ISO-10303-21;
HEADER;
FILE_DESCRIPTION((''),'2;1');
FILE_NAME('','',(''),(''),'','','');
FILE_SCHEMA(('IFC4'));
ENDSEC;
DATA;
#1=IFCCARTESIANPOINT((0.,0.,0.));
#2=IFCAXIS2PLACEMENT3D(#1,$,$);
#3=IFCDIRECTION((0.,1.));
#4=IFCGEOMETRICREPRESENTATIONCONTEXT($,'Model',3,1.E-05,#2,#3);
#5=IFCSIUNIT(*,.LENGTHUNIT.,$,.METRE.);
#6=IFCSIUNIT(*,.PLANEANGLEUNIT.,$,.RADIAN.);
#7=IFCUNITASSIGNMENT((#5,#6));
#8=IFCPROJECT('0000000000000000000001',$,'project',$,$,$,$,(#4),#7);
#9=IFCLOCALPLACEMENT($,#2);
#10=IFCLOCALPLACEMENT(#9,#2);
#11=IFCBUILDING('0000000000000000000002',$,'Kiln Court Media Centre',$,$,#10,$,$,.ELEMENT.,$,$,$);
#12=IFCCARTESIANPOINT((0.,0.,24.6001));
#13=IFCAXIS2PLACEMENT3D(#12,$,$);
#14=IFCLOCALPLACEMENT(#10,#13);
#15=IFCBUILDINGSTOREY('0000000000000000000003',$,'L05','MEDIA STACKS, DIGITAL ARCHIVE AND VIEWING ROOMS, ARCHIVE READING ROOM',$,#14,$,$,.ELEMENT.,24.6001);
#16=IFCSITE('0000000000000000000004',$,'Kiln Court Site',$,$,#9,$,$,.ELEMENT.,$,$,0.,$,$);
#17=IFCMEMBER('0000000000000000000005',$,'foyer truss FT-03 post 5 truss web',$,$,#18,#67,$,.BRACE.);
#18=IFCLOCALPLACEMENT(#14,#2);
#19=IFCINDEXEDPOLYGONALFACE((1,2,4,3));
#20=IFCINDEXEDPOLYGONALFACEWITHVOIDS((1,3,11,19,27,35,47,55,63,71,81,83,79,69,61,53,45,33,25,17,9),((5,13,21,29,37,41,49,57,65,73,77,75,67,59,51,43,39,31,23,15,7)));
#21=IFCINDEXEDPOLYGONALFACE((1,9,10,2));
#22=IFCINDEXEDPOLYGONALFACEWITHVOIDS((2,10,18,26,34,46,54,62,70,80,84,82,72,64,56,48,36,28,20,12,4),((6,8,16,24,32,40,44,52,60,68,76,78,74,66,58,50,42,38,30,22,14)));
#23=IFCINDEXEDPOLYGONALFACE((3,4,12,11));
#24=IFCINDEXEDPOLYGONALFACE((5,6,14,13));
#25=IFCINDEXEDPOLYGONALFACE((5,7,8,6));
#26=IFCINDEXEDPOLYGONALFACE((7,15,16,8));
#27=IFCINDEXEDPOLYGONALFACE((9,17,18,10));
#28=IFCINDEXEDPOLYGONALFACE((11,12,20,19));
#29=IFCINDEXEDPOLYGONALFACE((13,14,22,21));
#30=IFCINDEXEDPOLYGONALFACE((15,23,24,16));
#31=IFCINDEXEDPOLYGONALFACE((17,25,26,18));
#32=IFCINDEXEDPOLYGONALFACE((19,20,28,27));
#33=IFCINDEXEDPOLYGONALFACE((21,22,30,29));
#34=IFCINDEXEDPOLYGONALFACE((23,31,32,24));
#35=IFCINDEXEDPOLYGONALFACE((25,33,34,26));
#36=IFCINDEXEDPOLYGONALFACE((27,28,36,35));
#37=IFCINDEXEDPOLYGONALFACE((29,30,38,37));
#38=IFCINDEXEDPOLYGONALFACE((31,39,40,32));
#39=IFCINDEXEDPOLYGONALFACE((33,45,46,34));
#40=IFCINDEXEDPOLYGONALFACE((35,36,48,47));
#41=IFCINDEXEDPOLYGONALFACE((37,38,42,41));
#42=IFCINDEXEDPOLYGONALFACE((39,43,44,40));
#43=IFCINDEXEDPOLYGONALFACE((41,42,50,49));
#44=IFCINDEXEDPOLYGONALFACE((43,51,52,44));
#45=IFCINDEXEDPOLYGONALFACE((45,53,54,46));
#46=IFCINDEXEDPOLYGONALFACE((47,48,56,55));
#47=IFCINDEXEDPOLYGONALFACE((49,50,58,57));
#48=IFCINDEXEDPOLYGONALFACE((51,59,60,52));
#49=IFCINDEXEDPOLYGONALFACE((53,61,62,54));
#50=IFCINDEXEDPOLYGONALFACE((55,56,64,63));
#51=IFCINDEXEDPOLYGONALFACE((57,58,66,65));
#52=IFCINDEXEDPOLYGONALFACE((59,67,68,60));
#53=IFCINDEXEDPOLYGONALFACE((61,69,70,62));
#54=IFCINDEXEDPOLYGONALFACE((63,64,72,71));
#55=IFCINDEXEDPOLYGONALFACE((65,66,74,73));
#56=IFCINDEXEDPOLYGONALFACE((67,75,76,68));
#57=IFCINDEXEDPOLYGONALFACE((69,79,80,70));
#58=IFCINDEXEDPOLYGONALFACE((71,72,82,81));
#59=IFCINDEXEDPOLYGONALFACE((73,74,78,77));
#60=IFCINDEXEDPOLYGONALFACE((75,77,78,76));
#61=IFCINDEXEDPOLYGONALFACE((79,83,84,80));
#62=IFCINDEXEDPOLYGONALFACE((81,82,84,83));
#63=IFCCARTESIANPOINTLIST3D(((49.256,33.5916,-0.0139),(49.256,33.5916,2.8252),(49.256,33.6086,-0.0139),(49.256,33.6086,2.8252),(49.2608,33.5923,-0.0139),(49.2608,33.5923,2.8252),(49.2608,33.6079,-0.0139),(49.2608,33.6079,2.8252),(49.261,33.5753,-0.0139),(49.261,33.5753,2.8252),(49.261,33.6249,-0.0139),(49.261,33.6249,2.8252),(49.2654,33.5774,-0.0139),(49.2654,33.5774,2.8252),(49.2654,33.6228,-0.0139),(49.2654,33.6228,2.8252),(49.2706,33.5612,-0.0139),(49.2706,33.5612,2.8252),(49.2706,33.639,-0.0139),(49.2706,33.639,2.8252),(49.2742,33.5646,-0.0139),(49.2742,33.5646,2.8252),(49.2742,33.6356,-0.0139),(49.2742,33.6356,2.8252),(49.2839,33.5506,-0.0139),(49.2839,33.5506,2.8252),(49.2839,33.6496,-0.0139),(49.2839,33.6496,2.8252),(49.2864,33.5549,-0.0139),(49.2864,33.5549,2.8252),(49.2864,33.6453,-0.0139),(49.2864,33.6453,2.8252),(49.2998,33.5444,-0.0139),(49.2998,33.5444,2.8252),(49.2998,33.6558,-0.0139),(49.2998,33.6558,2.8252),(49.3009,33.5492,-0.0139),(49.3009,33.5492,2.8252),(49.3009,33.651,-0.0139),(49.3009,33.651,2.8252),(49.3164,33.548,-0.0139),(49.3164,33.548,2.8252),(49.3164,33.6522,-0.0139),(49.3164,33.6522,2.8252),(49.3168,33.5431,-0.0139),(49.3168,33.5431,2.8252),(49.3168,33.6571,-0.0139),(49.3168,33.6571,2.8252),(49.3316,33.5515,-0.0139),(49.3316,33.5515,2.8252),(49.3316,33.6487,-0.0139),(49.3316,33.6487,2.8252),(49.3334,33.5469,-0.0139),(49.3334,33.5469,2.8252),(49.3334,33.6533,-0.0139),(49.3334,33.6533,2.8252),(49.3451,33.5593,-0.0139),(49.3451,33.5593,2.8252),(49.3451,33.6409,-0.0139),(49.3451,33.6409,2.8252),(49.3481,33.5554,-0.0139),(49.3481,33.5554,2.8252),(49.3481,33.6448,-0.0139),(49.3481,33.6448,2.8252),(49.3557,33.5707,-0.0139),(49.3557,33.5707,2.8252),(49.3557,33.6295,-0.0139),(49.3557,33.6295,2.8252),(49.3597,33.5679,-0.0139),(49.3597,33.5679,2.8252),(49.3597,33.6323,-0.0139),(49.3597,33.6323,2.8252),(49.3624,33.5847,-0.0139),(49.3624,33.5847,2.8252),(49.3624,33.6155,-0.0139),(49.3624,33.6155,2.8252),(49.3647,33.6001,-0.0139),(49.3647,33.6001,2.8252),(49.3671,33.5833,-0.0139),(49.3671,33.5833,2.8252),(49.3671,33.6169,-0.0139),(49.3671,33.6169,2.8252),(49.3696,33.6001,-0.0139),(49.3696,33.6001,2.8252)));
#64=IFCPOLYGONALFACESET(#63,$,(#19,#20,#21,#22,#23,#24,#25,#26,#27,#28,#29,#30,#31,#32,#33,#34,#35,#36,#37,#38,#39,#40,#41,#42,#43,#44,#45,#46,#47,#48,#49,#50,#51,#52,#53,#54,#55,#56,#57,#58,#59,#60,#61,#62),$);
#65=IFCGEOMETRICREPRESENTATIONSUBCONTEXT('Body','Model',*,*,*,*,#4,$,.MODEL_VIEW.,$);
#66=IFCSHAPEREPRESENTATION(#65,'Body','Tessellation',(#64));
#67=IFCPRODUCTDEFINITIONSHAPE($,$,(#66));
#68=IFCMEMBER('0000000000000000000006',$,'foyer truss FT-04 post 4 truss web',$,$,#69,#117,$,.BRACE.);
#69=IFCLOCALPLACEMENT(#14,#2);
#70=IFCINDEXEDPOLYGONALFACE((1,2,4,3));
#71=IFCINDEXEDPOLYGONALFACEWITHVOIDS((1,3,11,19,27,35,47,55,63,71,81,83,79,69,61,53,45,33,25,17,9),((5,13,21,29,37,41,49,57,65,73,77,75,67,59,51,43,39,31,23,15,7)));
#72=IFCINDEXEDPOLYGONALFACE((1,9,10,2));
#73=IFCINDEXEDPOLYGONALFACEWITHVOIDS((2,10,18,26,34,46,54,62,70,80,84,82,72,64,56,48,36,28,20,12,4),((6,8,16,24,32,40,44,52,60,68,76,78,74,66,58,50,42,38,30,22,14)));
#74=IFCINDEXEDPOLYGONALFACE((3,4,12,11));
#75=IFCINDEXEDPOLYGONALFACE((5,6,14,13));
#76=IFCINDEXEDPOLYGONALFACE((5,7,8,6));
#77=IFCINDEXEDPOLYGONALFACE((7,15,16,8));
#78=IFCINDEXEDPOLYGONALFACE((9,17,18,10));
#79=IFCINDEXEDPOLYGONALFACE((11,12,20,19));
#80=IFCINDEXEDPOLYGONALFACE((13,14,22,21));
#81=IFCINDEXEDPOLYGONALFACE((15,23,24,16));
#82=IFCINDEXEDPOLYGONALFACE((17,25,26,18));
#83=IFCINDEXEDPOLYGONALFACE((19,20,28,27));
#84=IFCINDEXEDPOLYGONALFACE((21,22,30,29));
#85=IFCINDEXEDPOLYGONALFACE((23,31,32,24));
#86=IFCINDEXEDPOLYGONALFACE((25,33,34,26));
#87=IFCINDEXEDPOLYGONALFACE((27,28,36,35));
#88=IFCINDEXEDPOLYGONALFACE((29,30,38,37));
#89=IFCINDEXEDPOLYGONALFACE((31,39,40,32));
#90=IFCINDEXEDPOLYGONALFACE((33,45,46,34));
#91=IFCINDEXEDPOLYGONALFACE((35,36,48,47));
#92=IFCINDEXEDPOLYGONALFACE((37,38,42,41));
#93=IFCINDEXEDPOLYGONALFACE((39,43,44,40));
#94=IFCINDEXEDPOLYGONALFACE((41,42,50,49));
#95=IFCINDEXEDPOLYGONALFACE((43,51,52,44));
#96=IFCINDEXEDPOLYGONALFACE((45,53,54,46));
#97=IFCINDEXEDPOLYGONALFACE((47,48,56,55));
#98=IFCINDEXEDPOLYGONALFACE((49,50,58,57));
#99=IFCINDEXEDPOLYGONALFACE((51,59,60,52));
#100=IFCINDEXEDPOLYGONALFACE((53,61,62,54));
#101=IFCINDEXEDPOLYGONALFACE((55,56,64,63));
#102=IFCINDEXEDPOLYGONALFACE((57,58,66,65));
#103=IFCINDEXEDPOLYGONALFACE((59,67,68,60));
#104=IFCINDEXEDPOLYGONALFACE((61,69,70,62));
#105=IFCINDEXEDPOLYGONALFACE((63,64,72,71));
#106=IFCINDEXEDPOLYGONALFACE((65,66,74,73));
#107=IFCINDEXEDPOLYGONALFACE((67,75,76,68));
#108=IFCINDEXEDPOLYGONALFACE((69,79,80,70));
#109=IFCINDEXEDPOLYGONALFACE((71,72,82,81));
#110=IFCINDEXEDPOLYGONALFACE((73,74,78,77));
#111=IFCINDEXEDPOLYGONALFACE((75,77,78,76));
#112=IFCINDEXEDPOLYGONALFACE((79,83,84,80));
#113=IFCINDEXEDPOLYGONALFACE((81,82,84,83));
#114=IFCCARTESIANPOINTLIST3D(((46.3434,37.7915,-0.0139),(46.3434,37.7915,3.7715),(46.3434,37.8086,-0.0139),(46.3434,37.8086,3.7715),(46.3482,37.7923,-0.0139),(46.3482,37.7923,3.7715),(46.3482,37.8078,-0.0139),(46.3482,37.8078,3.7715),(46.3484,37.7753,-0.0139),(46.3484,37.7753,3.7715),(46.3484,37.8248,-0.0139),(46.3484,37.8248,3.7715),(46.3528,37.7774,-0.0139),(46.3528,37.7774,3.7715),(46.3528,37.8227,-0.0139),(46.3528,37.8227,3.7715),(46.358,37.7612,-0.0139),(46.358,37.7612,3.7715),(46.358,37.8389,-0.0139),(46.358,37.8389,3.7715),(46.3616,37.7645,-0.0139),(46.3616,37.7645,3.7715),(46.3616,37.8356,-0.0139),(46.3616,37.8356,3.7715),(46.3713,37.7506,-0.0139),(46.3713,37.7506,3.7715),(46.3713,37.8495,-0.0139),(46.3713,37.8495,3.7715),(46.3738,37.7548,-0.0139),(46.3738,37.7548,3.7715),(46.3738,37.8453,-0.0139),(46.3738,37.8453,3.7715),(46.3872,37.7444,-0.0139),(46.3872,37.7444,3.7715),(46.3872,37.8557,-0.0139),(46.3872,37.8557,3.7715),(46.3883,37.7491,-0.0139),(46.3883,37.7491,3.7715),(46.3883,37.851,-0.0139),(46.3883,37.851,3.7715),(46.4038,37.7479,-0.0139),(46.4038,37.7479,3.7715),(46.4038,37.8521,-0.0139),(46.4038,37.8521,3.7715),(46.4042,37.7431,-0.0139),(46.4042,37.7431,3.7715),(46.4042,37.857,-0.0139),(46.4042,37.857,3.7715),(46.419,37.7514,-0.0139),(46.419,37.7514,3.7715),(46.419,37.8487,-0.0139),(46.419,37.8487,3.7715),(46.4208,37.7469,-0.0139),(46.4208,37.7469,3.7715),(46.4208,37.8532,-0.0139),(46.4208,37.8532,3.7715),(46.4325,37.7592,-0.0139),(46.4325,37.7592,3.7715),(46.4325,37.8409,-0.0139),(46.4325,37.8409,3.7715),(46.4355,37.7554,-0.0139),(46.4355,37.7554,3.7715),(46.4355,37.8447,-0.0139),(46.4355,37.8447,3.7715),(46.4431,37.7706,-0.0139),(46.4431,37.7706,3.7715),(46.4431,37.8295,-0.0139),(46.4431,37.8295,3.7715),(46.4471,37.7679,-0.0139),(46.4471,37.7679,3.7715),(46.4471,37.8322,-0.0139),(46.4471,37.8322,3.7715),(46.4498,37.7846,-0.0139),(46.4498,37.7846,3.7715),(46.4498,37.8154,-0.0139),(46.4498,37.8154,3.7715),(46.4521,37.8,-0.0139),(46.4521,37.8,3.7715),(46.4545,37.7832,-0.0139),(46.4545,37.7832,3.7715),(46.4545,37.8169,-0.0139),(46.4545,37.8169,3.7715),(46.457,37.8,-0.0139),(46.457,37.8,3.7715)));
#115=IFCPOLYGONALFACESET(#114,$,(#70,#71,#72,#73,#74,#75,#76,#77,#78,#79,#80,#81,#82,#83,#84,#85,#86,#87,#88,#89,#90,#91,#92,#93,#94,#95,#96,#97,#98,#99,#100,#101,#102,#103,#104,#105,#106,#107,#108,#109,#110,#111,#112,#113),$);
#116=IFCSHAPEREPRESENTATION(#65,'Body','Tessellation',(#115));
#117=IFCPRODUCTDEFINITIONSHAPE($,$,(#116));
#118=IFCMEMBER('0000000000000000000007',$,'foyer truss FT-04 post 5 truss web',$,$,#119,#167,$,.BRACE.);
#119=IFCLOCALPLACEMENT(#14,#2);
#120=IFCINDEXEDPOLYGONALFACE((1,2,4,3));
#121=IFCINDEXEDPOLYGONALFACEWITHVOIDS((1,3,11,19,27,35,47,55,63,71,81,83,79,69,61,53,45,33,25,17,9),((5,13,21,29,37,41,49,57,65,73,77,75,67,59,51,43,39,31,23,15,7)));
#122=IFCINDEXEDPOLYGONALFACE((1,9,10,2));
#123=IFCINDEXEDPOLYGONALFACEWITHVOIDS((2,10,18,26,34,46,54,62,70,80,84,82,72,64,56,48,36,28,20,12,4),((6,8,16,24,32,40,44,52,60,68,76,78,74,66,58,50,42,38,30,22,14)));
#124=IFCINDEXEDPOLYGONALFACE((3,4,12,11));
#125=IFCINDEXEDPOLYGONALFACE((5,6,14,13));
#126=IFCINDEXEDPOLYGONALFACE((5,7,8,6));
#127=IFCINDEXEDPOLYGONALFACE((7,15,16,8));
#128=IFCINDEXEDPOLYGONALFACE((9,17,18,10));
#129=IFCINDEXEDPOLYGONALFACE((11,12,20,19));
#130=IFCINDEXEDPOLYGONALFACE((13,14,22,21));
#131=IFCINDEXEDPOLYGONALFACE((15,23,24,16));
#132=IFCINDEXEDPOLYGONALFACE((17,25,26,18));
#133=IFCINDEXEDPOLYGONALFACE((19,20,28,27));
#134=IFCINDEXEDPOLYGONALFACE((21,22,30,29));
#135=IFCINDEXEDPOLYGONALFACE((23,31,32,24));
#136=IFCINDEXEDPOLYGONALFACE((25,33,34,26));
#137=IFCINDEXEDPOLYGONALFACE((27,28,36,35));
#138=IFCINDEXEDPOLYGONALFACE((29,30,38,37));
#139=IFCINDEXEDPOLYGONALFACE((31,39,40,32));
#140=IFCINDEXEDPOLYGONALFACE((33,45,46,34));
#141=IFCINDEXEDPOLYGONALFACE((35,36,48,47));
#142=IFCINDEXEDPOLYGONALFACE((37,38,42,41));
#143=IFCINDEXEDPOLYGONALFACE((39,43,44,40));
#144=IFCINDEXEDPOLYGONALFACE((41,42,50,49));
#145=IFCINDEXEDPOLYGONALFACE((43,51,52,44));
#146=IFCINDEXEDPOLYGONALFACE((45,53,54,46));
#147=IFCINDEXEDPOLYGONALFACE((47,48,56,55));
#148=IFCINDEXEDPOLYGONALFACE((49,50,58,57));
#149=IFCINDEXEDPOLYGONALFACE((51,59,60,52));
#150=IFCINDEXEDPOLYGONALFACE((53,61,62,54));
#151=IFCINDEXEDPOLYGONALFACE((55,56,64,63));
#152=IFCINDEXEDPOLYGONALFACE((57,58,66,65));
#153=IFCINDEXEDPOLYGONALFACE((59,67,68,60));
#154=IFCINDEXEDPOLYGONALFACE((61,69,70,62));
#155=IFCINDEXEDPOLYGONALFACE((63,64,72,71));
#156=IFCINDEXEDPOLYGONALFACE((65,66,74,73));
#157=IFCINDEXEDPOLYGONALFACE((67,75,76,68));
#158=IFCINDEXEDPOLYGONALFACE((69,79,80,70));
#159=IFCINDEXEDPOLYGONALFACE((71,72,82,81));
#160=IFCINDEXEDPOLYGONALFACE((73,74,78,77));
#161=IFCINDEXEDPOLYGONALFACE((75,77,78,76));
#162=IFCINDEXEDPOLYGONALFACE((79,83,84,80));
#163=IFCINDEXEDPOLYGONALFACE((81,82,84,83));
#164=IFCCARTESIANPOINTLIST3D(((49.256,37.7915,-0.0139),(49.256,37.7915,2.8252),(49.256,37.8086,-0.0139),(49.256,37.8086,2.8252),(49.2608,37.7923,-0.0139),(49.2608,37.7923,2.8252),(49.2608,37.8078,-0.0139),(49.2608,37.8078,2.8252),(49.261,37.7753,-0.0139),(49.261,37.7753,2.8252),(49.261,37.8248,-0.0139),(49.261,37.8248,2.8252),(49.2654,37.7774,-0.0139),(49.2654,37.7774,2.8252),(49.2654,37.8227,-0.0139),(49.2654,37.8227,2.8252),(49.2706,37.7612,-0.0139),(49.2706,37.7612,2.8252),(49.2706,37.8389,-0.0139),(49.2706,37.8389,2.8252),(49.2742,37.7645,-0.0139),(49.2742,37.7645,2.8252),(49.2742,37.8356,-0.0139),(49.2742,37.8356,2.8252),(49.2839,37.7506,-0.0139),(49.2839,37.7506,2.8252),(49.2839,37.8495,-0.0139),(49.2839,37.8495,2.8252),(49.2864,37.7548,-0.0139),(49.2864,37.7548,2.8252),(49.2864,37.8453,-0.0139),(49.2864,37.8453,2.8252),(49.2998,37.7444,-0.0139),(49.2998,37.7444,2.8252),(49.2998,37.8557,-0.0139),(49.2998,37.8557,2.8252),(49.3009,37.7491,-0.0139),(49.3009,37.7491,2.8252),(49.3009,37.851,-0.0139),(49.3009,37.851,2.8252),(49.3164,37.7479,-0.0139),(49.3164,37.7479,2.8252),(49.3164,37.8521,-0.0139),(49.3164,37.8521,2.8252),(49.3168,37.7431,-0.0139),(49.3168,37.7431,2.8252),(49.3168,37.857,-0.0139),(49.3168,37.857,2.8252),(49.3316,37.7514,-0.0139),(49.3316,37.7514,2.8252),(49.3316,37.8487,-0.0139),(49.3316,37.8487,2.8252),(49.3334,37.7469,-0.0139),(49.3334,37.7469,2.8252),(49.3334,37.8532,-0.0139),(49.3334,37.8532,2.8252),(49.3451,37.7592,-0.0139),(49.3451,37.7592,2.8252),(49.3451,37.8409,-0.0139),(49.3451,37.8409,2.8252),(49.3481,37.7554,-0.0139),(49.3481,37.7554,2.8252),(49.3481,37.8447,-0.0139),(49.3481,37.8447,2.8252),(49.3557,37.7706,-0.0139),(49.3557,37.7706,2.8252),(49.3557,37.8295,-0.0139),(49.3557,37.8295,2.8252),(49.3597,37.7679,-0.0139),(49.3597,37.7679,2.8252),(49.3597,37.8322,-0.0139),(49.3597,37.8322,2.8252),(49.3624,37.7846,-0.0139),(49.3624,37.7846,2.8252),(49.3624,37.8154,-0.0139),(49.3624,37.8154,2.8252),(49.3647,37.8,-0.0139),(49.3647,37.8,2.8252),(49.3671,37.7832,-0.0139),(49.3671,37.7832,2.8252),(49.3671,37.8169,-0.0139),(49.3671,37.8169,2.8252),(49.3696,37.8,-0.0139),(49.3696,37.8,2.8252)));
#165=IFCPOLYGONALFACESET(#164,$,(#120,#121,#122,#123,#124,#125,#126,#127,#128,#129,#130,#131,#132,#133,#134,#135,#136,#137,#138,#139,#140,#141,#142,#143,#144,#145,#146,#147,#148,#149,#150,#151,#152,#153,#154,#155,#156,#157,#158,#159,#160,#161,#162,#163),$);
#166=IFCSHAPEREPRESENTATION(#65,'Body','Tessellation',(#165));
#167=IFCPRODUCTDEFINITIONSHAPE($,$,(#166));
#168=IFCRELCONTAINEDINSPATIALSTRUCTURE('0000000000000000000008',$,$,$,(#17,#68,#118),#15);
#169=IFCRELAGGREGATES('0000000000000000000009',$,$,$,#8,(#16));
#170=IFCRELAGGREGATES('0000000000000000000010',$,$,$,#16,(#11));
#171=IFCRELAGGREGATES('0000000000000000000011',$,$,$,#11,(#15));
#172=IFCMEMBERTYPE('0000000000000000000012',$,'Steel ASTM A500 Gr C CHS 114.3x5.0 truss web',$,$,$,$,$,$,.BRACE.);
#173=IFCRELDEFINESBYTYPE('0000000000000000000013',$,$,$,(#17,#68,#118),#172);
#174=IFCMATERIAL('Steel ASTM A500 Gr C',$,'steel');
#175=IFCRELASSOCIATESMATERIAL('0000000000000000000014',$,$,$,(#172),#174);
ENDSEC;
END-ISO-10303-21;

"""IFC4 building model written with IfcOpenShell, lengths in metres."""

from ifc_helpers import new_model, si_unit, direction, frame, origin, origin_2d, place, context, subcontext, project, spatial, hollow_circle, extrude, material, material_profile, profile_set, type_object, element, save


model = new_model("IFC4")

# Units and contexts
model_context = context("Model", 3, precision=1e-05, world=origin(), true_north=direction((0.0, 1.0)))
body_context = subcontext(model_context, "Body", "Model", "MODEL_VIEW")
ifc_project = project(units=[si_unit("LENGTHUNIT", "METRE"), si_unit("PLANEANGLEUNIT", "RADIAN")], contexts=[model_context])

# Site, building, storey
site_placement = place(None, origin())
site = spatial("IfcSite", under=ifc_project, at=site_placement, Name="Kiln Court Site", CompositionType="ELEMENT", RefElevation=0.0)
building_placement = place(site_placement, origin())
building = spatial("IfcBuilding", under=site, at=building_placement, Name="Kiln Court Media Centre", CompositionType="ELEMENT")
storey_placement = place(building_placement, frame((0.0, 0.0, 24.6001)))
storey = spatial("IfcBuildingStorey", under=building, at=storey_placement, Name="L05", Description="MEDIA STACKS, DIGITAL ARCHIVE AND VIEWING ROOMS, ARCHIVE READING ROOM", CompositionType="ELEMENT", Elevation=24.6001)

# Members
ifc_material_1 = material(Name="Steel ASTM A500 Gr C", Category="steel")
ifc_material_profile_1 = material_profile(ifc_material_1, hollow_circle(Radius=0.0571, WallThickness=0.0049, at=origin_2d()), Name="CHS 114.3x5.0")
ifc_profile_set_1 = profile_set([ifc_material_profile_1], Name="Steel ASTM A500 Gr C")
member_type_1 = type_object("IfcMemberType", Name="Steel ASTM A500 Gr C CHS 114.3x5.0 truss web", PredefinedType="BRACE", material=ifc_profile_set_1)
member_1_placement = place(storey_placement, frame((49.3125, 33.6001, -0.0139), z_axis=(0.0, 0.0, 1.0), x_axis=(1.0, 0.0, 0.0)))
element("IfcMember", 1, at=member_1_placement, inside=storey, type_object=member_type_1, Name="foyer truss FT-03 post 5 truss web", PredefinedType="BRACE", context=body_context, shape_type="SweptSolid", body=[
    extrude(hollow_circle(Radius=0.0571, WallThickness=0.0049, at=origin_2d()), origin(), (0.0, 0.0, 1.0), 2.8391),
])
member_2_placement = place(storey_placement, frame((46.3999, 37.8, -0.0139), z_axis=(0.0, 0.0, 1.0), x_axis=(1.0, 0.0, 0.0)))
element("IfcMember", 2, at=member_2_placement, inside=storey, type_object=member_type_1, Name="foyer truss FT-04 post 4 truss web", PredefinedType="BRACE", context=body_context, shape_type="SweptSolid", body=[
    extrude(hollow_circle(Radius=0.0571, WallThickness=0.0049, at=origin_2d()), origin(), (0.0, 0.0, 1.0), 3.7854),
])
member_3_placement = place(storey_placement, frame((49.3125, 37.8, -0.0139), z_axis=(0.0, 0.0, 1.0), x_axis=(1.0, 0.0, 0.0)))
element("IfcMember", 3, at=member_3_placement, inside=storey, type_object=member_type_1, Name="foyer truss FT-04 post 5 truss web", PredefinedType="BRACE", context=body_context, shape_type="SweptSolid", body=[
    extrude(hollow_circle(Radius=0.0571, WallThickness=0.0049, at=origin_2d()), origin(), (0.0, 0.0, 1.0), 2.8391),
])

save(model, "model.ifc")
